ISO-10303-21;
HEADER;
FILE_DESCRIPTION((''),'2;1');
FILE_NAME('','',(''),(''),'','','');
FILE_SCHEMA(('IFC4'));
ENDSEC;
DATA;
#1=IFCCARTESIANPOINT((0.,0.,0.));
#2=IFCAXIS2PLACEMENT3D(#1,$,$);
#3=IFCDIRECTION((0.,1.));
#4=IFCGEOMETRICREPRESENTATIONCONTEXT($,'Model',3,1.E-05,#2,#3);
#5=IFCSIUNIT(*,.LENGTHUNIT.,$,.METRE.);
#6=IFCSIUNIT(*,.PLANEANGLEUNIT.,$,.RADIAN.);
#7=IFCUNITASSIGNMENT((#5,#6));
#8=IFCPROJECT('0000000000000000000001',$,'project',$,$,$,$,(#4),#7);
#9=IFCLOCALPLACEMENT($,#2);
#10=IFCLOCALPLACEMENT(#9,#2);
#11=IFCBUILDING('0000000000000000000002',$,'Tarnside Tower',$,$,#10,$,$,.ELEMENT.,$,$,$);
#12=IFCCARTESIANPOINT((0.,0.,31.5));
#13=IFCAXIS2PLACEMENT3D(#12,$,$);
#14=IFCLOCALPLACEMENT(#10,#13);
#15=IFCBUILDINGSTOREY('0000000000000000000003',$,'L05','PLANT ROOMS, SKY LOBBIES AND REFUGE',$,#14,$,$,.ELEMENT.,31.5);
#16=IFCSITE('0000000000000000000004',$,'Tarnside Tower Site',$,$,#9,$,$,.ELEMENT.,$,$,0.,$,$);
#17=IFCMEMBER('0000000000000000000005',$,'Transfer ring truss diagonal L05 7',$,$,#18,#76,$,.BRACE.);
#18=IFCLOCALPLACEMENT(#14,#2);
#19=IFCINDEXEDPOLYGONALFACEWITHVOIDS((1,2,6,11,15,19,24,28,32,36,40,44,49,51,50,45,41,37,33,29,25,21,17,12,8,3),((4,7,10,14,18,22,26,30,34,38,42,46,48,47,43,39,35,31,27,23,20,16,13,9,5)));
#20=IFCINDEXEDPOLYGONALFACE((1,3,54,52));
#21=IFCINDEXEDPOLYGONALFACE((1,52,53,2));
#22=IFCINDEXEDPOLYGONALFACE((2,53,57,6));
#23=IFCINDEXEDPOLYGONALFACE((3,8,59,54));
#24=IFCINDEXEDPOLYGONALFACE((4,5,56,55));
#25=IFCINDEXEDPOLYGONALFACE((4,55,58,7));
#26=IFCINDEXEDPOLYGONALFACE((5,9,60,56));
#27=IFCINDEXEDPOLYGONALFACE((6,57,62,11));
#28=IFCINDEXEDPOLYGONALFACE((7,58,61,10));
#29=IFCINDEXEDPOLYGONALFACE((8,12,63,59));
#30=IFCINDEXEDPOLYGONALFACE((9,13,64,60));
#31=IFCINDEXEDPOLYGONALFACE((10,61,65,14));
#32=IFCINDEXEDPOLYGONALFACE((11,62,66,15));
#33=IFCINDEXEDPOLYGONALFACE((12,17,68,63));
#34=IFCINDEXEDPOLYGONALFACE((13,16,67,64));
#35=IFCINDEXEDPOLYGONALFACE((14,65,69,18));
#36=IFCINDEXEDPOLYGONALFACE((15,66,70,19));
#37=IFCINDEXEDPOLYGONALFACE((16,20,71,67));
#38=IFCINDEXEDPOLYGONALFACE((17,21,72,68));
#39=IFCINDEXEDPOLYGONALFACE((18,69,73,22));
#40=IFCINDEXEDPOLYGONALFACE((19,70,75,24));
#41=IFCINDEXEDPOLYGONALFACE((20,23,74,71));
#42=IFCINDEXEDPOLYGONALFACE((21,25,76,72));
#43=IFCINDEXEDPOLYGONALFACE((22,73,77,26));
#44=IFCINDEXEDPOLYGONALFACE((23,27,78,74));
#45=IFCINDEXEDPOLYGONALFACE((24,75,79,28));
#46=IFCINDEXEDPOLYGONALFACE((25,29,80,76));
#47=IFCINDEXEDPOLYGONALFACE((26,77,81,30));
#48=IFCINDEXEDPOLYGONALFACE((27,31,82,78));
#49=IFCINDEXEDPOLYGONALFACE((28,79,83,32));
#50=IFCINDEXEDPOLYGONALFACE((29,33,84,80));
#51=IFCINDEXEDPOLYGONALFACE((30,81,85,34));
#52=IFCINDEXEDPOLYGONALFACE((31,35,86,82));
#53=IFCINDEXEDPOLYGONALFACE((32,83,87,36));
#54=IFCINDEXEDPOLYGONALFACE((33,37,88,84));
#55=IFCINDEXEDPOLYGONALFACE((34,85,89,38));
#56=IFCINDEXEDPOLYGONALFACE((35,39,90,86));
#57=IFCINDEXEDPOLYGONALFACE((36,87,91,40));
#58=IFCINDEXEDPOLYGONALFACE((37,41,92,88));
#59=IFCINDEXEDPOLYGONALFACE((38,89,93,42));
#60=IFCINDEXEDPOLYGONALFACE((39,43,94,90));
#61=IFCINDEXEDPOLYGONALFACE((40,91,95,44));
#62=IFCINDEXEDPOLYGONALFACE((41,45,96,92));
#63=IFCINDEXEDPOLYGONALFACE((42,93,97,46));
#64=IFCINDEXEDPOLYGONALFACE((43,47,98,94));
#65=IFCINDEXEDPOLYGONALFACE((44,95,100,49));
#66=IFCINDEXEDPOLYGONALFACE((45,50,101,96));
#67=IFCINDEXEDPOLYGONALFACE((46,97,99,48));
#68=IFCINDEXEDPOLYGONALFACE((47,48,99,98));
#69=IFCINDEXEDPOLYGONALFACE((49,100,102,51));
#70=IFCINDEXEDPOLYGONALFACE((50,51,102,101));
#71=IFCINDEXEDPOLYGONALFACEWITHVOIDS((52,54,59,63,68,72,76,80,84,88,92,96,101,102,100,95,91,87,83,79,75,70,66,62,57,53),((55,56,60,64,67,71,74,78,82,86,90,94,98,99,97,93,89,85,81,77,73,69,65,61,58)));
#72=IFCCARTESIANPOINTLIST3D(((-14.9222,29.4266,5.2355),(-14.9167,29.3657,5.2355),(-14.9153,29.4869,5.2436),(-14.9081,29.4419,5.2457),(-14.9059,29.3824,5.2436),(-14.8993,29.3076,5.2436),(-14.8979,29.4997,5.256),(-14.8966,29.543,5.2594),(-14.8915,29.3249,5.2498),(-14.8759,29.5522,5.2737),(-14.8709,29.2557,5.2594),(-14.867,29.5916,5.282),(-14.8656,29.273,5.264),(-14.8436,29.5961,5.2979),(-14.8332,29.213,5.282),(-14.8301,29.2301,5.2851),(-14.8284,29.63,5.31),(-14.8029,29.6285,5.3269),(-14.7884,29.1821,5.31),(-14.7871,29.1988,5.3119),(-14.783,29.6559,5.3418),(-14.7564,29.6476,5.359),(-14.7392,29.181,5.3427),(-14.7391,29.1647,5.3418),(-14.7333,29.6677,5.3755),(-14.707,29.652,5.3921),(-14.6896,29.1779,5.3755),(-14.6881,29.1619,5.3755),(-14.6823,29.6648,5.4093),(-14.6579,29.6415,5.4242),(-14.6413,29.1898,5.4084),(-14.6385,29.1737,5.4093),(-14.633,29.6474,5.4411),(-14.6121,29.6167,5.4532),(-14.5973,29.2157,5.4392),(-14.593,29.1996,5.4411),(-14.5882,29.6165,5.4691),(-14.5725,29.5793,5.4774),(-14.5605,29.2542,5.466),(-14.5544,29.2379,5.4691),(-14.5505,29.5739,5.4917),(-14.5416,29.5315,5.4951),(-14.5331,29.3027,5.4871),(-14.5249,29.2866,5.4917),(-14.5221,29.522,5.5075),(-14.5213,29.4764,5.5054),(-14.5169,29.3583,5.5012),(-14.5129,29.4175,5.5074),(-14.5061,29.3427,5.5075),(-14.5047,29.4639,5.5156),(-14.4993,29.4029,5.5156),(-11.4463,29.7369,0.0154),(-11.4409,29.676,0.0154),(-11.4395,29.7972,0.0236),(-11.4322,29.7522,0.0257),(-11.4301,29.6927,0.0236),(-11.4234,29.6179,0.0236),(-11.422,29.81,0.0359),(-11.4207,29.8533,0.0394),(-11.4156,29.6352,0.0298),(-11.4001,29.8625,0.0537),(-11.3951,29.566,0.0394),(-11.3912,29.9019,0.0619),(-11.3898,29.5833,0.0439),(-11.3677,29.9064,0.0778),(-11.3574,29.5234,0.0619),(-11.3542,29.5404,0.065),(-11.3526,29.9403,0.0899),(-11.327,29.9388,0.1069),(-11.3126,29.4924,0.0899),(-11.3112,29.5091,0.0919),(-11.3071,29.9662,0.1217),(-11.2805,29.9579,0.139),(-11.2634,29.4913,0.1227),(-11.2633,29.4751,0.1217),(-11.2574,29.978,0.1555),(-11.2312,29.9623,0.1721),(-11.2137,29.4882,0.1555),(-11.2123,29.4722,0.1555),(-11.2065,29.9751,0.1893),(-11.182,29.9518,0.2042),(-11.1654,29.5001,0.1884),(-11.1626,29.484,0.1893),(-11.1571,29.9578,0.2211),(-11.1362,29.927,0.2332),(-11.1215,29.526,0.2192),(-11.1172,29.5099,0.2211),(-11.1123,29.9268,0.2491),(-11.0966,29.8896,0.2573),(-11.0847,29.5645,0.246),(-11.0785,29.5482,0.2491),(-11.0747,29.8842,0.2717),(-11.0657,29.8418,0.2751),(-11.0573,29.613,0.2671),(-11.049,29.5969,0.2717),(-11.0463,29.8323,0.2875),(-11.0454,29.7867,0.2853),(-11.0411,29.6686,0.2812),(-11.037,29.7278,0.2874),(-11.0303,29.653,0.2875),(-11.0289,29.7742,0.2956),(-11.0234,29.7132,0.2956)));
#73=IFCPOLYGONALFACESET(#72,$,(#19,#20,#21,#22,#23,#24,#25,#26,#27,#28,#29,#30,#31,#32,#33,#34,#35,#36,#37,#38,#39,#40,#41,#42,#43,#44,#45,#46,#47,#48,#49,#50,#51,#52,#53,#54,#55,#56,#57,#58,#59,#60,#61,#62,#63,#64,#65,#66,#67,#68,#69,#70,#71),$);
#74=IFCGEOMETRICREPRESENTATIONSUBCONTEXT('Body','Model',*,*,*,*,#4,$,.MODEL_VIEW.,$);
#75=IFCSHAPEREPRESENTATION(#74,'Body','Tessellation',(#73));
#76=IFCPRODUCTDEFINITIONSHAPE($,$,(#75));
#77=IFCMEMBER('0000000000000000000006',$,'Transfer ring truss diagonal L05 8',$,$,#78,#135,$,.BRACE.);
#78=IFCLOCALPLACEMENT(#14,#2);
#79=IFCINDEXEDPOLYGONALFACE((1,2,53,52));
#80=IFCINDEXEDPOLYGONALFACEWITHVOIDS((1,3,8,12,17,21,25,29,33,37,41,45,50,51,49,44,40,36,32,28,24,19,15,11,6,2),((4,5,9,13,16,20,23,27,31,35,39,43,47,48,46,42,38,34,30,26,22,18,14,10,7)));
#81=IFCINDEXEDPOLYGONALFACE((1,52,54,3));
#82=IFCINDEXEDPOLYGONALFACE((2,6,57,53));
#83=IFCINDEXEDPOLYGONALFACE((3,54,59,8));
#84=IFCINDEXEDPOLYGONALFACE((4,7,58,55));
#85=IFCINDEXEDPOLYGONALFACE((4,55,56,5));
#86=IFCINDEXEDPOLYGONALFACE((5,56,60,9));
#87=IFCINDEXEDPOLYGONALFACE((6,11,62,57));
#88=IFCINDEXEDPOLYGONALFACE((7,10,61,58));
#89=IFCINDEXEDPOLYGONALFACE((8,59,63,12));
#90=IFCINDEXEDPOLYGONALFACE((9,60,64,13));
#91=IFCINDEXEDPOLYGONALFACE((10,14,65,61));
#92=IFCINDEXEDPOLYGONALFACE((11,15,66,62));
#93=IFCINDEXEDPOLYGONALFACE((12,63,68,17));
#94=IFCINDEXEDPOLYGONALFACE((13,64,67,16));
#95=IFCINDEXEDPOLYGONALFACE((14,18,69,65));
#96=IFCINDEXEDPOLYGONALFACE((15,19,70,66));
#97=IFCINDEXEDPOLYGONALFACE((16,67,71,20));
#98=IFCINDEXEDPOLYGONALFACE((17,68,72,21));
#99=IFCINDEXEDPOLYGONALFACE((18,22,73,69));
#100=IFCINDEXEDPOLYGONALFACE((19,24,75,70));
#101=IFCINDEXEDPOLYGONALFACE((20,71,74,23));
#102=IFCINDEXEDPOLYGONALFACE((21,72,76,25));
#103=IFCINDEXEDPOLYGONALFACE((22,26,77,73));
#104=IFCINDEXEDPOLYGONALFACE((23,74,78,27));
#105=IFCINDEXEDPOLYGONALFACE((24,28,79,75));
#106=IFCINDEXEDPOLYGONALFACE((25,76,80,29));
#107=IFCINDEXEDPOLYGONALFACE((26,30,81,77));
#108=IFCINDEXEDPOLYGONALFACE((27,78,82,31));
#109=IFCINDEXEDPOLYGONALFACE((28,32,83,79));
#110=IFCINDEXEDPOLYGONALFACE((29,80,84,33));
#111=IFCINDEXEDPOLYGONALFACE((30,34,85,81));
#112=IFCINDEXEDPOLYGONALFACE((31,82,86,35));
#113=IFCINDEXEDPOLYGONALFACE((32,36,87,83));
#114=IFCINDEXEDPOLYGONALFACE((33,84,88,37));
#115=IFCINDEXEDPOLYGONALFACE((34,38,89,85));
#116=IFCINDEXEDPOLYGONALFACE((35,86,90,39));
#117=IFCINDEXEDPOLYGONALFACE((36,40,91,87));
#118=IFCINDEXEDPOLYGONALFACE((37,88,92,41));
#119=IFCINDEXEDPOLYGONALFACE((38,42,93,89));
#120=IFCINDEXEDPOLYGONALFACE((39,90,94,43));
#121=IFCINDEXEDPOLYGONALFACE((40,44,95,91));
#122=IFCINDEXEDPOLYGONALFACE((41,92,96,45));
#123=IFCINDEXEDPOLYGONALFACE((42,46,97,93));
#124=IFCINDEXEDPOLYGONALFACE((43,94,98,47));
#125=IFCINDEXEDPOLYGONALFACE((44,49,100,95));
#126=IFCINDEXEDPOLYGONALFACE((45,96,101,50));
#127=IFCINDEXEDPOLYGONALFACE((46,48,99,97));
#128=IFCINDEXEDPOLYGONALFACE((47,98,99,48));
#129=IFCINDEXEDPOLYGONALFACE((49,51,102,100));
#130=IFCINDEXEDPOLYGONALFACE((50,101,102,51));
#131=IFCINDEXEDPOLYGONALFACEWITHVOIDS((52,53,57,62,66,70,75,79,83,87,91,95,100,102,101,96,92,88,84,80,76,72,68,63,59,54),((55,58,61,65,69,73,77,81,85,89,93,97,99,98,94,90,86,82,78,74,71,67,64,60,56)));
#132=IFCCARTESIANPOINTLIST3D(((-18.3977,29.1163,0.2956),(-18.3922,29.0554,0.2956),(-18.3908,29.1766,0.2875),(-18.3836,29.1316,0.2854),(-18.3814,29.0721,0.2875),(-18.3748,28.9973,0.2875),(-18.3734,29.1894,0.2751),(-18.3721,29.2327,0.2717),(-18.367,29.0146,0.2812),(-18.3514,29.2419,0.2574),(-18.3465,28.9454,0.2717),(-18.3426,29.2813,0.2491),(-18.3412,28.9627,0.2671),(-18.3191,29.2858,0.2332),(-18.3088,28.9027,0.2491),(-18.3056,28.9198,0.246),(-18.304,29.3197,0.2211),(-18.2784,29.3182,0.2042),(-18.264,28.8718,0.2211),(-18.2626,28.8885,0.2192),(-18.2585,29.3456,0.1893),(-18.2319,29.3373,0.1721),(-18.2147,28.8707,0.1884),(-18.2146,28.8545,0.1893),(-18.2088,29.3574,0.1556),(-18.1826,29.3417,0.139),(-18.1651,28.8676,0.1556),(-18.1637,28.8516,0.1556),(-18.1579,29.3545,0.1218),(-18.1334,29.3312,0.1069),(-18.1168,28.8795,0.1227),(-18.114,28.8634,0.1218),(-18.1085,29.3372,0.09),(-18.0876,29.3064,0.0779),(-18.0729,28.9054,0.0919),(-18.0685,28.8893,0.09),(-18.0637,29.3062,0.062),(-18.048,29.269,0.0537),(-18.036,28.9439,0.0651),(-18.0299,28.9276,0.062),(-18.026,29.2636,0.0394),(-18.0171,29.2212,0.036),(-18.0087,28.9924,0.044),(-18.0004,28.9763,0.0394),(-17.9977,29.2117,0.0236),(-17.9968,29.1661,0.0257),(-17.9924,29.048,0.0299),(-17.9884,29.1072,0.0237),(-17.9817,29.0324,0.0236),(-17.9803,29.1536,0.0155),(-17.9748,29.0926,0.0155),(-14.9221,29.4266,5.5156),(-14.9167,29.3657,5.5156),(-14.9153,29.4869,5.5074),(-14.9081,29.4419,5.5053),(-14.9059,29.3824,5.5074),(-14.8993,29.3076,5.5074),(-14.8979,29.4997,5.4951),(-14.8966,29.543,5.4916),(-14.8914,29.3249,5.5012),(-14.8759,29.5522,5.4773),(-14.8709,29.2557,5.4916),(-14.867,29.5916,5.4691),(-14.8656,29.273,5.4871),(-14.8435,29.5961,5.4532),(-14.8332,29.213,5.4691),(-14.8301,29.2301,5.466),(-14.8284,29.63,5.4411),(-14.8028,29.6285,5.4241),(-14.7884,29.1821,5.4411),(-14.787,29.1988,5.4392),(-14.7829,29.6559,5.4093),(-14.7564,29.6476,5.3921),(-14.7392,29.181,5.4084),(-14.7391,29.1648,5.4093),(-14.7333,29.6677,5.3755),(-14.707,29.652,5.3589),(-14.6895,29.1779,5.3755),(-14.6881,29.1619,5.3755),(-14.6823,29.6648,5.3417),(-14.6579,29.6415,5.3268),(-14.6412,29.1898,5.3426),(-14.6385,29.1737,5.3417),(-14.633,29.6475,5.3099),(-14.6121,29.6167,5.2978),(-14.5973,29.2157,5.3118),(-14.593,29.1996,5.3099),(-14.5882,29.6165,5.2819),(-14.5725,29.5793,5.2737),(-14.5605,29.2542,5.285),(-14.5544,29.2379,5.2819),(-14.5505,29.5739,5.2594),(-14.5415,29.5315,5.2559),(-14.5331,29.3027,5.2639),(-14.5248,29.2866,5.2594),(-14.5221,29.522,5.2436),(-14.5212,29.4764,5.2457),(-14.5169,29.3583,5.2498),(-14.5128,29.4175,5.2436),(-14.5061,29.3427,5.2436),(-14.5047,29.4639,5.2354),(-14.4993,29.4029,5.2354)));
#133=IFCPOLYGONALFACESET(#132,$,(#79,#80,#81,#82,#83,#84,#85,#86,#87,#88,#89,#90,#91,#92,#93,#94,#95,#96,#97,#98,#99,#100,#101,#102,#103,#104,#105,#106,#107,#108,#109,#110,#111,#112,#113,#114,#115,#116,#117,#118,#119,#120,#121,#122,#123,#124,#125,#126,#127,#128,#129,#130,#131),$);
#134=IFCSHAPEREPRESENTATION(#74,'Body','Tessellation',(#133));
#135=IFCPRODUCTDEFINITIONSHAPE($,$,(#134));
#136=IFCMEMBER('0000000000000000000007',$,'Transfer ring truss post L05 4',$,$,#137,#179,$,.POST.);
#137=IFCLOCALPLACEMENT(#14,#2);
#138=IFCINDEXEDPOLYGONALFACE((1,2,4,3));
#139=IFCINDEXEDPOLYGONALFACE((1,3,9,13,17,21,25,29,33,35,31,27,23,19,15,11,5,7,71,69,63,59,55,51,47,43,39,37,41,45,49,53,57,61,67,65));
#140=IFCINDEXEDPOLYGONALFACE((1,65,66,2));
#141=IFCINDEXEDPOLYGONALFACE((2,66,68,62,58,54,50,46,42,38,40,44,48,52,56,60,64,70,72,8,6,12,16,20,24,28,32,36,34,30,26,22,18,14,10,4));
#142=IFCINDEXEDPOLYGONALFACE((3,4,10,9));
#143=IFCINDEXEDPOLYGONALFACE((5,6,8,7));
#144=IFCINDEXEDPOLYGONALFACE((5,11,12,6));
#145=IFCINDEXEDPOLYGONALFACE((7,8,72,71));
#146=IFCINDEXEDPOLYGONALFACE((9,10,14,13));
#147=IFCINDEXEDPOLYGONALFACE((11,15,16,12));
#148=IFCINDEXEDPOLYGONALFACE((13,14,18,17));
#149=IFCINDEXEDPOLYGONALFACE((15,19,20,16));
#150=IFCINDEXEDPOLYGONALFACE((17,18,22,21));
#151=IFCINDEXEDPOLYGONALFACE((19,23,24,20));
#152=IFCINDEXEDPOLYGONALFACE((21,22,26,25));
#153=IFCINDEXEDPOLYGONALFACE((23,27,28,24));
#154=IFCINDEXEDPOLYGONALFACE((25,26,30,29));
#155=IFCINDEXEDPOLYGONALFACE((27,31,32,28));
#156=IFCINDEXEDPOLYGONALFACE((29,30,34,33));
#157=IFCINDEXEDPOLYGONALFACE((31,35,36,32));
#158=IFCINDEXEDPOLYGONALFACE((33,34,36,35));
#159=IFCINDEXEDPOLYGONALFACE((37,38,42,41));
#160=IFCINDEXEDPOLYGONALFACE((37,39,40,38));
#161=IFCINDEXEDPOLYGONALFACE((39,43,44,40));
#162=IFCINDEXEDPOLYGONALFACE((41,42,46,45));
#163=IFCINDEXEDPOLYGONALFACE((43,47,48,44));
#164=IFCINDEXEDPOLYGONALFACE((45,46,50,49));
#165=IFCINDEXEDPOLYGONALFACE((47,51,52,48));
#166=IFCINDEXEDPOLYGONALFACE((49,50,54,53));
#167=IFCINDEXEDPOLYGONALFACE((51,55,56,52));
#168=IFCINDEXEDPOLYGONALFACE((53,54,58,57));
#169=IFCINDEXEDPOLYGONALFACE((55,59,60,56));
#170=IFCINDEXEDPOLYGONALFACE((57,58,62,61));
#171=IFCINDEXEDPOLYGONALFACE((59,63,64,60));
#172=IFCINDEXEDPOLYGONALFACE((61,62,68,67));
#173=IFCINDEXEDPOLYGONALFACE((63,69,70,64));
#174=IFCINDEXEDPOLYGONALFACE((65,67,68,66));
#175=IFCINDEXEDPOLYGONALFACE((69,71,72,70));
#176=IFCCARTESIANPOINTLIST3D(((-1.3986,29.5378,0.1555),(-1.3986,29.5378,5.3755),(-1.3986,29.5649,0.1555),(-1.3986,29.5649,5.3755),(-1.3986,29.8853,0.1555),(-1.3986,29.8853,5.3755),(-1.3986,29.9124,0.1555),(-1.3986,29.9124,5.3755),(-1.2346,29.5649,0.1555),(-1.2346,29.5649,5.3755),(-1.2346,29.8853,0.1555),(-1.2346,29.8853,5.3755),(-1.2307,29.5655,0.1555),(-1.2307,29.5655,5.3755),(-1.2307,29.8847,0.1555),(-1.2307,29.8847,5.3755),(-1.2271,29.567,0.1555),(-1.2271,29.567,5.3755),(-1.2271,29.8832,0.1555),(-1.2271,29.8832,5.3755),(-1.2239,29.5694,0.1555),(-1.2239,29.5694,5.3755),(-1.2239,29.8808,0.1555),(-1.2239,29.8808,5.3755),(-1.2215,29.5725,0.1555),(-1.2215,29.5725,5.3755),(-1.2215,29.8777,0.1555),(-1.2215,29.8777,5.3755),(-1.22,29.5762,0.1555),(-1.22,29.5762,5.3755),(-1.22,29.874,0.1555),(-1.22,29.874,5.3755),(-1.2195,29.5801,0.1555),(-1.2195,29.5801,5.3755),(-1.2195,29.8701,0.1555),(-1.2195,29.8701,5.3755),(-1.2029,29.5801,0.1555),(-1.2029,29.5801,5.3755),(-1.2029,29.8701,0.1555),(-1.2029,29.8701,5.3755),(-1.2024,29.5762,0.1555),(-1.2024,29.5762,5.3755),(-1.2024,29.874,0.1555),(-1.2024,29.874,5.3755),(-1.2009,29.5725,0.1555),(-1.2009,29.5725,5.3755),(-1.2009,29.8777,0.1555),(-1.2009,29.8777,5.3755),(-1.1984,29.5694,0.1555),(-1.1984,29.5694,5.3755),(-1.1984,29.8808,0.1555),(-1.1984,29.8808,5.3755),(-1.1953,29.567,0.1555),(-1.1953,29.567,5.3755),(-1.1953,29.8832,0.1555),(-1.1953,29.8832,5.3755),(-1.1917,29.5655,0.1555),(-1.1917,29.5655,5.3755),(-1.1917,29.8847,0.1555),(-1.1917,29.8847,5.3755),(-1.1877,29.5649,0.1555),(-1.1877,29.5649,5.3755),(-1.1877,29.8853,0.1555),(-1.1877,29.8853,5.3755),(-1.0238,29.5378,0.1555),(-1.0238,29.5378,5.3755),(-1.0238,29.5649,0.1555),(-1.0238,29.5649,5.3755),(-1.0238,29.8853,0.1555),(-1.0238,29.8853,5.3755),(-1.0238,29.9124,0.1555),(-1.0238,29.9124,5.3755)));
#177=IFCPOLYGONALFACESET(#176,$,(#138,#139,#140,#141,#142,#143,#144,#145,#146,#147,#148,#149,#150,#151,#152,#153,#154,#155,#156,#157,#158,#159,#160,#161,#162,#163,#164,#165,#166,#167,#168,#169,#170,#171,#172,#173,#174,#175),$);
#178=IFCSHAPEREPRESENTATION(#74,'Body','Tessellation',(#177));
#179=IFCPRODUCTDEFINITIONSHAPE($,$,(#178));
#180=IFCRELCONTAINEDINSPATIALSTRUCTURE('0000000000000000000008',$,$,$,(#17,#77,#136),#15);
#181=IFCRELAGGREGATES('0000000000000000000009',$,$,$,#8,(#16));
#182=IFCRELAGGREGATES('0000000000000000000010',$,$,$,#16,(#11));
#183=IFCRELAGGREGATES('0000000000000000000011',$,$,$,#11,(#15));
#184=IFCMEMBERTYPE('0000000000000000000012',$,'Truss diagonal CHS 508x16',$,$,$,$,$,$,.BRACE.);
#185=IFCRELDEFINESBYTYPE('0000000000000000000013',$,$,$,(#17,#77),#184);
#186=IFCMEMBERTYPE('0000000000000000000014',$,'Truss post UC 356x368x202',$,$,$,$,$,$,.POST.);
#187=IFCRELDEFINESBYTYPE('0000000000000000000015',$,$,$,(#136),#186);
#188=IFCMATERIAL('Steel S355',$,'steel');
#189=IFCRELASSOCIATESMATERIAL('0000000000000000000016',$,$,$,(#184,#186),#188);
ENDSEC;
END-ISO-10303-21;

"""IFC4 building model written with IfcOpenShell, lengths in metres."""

from ifc_helpers import new_model, si_unit, direction, frame, origin, origin_2d, place, context, subcontext, project, spatial, hollow_circle, i_section, extrude, material, material_profile, profile_set, type_object, element, save


model = new_model("IFC4")

# Units and contexts
model_context = context("Model", 3, precision=1e-05, world=origin(), true_north=direction((0.0, 1.0)))
body_context = subcontext(model_context, "Body", "Model", "MODEL_VIEW")
ifc_project = project(units=[si_unit("LENGTHUNIT", "METRE"), si_unit("PLANEANGLEUNIT", "RADIAN")], contexts=[model_context])

# Site, building, storey
site_placement = place(None, origin())
site = spatial("IfcSite", under=ifc_project, at=site_placement, Name="Tarnside Tower Site", CompositionType="ELEMENT", RefElevation=0.0)
building_placement = place(site_placement, origin())
building = spatial("IfcBuilding", under=site, at=building_placement, Name="Tarnside Tower", CompositionType="ELEMENT")
storey_placement = place(building_placement, frame((0.0, 0.0, 31.5)))
storey = spatial("IfcBuildingStorey", under=building, at=storey_placement, Name="L05", Description="PLANT ROOMS, SKY LOBBIES AND REFUGE", CompositionType="ELEMENT", Elevation=31.5)

# Shared definitions
ifc_material_1 = material(Name="Steel S355", Category="steel")

# Members
ifc_material_profile_1 = material_profile(ifc_material_1, hollow_circle(Radius=0.2539, WallThickness=0.0161, at=origin_2d()), Name="CHS 508x16")
ifc_profile_set_1 = profile_set([ifc_material_profile_1], Name="Steel S355")
member_type_1 = type_object("IfcMemberType", Name="Truss diagonal CHS 508x16", PredefinedType="BRACE", material=ifc_profile_set_1)
member_1_placement = place(storey_placement, frame((-11.2349, 29.7251, 0.1555), z_axis=(-0.553565, -0.049419, 0.831339), x_axis=(0.088921, -0.996039, 0.0)))
element("IfcMember", 1, at=member_1_placement, inside=storey, type_object=member_type_1, Name="Transfer ring truss diagonal L05 7", PredefinedType="BRACE", context=body_context, shape_type="SweptSolid", body=[
    extrude(hollow_circle(Radius=0.2539, WallThickness=0.0161, at=origin_2d()), origin(), (0.0, 0.0, 1.0), 6.2791),
])
member_2_placement = place(storey_placement, frame((-14.7107, 29.4148, 5.3755), z_axis=(-0.553538, -0.04942, -0.831356), x_axis=(0.088927, -0.996038, 0.0)))
element("IfcMember", 2, at=member_2_placement, inside=storey, type_object=member_type_1, Name="Transfer ring truss diagonal L05 8", PredefinedType="BRACE", context=body_context, shape_type="SweptSolid", body=[
    extrude(hollow_circle(Radius=0.2539, WallThickness=0.0161, at=origin_2d()), origin(), (0.0, 0.0, 1.0), 6.2788),
])
ifc_material_profile_2 = material_profile(ifc_material_1, i_section(OverallWidth=0.3748, OverallDepth=0.3745, WebThickness=0.0166, FlangeThickness=0.0271, FilletRadius=0.0151, at=origin_2d()), Name="UC 356x368x202")
ifc_profile_set_2 = profile_set([ifc_material_profile_2], Name="Steel S355")
member_type_2 = type_object("IfcMemberType", Name="Truss post UC 356x368x202", PredefinedType="POST", material=ifc_profile_set_2)
for number, where, z_axis, x_axis, name in (
    (3, (-1.2112, 29.7251, 0.1555), (0.0, 0.0, 1.0), (-1.0, 0.0, 0.0), "Transfer ring truss post L05 4"),
):
    element("IfcMember", number, at=place(storey_placement, frame(where, z_axis=z_axis, x_axis=x_axis)), inside=storey, type_object=member_type_2, Name=name, PredefinedType="POST", context=body_context, shape_type="SweptSolid", body=[
        extrude(i_section(OverallWidth=0.3748, OverallDepth=0.3745, WebThickness=0.0166, FlangeThickness=0.0271, FilletRadius=0.0151, at=origin_2d()), origin(), (0.0, 0.0, 1.0), 5.22),
    ])

save(model, "model.ifc")
